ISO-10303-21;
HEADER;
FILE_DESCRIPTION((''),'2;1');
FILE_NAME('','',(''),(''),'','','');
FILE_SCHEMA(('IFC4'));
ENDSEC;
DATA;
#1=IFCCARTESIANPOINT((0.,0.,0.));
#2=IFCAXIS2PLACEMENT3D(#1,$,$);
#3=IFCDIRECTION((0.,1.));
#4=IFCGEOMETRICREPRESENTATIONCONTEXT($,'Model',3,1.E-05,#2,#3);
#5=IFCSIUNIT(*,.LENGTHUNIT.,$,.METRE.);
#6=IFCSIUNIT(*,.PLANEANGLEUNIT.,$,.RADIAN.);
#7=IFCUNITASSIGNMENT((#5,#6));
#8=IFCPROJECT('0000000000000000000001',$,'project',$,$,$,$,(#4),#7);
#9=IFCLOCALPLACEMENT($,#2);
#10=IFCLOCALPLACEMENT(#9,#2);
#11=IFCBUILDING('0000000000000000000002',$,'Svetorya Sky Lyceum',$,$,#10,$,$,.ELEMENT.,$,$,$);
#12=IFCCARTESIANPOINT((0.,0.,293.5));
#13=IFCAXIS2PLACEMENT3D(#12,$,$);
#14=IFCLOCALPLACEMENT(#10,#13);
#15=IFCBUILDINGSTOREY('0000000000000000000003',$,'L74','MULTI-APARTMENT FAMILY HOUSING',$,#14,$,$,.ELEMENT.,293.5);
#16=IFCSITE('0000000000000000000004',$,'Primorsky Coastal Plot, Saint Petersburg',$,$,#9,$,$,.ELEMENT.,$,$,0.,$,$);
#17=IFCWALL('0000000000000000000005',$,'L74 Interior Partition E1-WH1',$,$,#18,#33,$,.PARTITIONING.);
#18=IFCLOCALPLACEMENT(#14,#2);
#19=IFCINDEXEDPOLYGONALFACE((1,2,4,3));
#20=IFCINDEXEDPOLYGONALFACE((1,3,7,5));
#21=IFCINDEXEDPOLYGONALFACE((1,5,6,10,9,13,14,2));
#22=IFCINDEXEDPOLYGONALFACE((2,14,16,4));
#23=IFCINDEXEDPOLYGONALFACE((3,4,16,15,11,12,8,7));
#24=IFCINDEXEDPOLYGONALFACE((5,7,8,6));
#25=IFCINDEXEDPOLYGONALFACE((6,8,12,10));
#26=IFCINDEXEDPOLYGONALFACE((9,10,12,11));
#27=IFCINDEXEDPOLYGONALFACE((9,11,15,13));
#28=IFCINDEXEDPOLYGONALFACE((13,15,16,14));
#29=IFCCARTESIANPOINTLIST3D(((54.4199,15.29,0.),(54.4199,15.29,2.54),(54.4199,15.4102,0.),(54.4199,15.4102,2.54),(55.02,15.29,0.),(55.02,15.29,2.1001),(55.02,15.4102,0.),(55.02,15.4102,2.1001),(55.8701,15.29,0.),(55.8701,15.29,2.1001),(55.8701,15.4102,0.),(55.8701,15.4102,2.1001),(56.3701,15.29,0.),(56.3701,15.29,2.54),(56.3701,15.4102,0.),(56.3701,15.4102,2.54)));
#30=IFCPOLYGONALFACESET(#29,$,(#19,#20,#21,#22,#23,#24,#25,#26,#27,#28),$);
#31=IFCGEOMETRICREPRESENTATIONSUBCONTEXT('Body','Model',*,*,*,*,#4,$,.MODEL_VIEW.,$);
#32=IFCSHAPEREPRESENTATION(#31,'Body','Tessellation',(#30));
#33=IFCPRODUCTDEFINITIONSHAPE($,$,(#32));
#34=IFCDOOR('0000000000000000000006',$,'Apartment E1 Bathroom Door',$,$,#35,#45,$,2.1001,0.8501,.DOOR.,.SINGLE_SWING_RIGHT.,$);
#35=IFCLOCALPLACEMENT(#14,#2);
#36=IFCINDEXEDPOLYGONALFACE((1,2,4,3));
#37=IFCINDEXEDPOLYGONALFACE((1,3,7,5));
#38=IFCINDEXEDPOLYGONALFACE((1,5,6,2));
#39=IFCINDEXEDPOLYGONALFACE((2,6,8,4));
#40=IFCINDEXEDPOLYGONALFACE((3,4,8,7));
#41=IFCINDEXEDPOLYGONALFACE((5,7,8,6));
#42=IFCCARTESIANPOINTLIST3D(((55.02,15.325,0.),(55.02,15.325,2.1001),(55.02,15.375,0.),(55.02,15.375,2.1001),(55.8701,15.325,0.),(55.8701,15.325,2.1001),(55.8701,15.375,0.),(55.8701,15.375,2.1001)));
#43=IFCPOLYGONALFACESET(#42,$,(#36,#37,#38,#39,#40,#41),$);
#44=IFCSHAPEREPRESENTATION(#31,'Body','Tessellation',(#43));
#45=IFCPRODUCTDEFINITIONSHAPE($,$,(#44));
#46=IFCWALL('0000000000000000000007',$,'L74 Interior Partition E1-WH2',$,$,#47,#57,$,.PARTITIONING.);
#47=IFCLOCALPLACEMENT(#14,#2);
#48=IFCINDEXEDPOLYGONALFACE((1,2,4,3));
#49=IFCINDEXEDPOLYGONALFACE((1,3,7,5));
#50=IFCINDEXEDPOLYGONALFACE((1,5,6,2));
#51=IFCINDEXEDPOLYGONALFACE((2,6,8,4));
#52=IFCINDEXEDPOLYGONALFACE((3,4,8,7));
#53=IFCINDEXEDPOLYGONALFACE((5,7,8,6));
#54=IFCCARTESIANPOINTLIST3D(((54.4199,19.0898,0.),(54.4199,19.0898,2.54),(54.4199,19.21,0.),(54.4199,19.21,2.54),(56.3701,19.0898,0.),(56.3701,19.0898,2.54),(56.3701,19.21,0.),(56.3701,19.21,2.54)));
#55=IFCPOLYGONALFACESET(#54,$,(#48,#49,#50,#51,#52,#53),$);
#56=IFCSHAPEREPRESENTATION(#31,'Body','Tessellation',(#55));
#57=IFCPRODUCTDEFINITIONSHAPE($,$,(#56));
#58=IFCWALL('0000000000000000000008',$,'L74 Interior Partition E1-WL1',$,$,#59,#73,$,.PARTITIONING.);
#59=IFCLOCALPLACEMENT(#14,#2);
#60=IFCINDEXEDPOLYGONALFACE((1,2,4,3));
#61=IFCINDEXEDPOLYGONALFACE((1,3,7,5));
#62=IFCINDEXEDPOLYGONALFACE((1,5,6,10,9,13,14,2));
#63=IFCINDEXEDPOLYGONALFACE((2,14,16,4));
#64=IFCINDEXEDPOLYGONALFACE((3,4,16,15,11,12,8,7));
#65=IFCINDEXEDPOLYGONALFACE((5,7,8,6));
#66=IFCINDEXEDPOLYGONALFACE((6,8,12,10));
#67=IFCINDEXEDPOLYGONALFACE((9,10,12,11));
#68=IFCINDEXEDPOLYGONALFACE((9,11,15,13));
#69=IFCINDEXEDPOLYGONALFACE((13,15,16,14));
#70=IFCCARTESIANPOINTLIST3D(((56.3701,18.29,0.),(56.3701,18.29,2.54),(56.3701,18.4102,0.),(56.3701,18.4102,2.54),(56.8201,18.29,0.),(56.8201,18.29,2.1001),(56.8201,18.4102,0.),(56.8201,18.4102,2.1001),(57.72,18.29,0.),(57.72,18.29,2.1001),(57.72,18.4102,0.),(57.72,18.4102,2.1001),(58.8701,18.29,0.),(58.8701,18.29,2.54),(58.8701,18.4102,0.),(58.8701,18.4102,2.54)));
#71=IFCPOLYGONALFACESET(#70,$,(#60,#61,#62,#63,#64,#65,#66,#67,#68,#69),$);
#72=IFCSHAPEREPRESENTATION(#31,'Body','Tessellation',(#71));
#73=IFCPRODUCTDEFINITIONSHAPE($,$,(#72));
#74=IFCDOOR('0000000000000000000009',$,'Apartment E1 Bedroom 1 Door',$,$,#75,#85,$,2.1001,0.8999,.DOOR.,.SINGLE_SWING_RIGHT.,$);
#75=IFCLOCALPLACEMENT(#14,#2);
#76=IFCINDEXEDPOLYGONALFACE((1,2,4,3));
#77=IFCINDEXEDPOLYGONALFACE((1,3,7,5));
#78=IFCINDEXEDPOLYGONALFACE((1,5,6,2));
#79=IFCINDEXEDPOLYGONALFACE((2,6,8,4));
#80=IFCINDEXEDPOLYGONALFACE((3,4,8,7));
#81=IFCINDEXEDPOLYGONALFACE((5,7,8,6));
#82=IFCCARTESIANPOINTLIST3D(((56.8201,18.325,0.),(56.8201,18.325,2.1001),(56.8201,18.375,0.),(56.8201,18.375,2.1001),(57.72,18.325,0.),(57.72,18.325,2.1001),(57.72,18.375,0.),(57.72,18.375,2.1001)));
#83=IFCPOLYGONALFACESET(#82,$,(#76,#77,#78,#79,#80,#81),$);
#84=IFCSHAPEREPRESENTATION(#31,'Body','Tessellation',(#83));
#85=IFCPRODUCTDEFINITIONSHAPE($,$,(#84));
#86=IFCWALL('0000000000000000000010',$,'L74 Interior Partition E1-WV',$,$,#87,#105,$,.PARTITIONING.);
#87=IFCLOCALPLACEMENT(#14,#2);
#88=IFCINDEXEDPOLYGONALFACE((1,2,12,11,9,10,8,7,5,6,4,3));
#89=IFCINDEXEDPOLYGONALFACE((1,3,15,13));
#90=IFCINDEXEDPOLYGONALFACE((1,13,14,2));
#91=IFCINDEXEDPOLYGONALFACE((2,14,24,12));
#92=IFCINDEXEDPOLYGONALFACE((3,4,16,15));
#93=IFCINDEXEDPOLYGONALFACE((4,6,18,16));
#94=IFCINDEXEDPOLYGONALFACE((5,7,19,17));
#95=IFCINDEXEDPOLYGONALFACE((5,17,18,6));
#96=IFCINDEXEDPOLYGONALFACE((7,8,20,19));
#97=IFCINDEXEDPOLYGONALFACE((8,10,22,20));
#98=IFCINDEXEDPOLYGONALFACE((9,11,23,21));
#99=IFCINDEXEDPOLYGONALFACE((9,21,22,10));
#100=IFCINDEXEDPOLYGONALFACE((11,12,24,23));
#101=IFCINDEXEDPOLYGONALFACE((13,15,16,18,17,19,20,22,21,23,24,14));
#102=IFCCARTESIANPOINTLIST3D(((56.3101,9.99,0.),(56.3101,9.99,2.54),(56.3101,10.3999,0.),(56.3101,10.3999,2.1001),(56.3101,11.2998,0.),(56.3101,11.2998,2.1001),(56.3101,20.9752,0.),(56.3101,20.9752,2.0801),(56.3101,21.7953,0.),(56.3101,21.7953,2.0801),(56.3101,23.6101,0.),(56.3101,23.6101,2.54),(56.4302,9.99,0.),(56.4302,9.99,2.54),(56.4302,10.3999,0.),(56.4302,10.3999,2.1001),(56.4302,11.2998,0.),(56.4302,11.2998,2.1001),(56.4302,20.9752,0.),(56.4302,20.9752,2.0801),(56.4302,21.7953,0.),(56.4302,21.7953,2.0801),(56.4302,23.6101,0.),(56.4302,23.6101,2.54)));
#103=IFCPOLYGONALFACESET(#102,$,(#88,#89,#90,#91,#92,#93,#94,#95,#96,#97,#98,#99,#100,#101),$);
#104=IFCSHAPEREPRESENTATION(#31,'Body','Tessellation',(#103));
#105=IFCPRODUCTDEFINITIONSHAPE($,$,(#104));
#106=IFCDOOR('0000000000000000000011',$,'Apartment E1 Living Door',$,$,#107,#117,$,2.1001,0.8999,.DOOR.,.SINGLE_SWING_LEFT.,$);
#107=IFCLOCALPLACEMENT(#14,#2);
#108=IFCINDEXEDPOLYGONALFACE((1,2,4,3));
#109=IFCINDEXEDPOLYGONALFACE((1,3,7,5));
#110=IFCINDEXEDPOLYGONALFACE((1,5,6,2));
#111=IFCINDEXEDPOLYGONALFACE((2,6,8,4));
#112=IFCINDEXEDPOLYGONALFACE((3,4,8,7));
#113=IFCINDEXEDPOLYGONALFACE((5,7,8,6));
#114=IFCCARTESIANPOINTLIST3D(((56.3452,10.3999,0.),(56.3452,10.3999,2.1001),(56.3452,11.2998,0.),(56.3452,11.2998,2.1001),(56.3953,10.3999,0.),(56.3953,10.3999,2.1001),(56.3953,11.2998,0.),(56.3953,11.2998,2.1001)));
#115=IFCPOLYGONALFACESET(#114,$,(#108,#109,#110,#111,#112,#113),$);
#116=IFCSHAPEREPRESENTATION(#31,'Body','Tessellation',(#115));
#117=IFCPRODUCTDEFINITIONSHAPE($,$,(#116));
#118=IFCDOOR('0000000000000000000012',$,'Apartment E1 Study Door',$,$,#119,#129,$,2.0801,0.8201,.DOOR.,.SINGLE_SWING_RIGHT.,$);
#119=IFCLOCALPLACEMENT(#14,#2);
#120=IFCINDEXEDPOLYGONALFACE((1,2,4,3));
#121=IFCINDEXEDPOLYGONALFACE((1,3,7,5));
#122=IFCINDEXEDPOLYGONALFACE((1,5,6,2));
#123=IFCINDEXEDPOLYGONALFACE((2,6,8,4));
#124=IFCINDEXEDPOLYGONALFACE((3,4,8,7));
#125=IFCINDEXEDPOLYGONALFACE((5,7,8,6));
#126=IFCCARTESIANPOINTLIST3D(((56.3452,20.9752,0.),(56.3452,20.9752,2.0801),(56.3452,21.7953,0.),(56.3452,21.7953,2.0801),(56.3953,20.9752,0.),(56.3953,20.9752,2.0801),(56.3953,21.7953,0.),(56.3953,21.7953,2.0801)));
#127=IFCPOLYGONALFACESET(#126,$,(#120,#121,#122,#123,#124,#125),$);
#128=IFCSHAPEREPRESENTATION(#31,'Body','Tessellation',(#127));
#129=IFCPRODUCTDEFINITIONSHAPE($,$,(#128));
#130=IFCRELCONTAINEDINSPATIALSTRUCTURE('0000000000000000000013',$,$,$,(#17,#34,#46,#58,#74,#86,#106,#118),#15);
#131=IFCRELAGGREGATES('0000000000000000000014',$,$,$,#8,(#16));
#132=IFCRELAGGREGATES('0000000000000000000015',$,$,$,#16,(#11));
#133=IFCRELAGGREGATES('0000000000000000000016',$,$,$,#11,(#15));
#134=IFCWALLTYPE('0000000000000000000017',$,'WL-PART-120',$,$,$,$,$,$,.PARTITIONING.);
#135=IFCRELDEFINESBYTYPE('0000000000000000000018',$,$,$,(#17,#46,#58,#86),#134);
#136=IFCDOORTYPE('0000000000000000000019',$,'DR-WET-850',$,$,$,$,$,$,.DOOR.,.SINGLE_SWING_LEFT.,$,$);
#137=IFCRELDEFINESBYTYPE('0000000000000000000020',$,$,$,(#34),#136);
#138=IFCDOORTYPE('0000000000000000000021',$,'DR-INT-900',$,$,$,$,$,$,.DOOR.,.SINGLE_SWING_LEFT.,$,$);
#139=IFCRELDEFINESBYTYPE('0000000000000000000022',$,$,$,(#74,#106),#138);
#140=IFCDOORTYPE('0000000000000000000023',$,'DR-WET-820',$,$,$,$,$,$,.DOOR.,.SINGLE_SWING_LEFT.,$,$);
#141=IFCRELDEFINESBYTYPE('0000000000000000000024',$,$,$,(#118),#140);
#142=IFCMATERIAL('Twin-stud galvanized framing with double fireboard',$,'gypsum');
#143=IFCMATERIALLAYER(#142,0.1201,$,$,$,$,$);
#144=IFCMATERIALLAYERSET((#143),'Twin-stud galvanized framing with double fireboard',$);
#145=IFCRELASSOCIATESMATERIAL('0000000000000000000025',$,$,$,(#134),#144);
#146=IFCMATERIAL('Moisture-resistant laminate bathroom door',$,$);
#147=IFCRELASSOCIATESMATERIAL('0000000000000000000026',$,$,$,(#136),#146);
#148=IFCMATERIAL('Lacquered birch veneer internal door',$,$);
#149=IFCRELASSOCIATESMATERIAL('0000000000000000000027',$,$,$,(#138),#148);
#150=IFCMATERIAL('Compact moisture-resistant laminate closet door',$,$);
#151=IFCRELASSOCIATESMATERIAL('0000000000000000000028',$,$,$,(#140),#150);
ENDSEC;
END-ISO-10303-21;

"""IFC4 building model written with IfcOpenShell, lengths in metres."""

from ifc_helpers import new_model, si_unit, direction, frame, frame_2d, origin, place, context, subcontext, project, spatial, rectangle, extrude, material, layer, layer_set, type_object, element, fill, save


model = new_model("IFC4")

# Units and contexts
model_context = context("Model", 3, precision=1e-05, world=origin(), true_north=direction((0.0, 1.0)))
body_context = subcontext(model_context, "Body", "Model", "MODEL_VIEW")
ifc_project = project(units=[si_unit("LENGTHUNIT", "METRE"), si_unit("PLANEANGLEUNIT", "RADIAN")], contexts=[model_context])

# Site, building, storey
site_placement = place(None, origin())
site = spatial("IfcSite", under=ifc_project, at=site_placement, Name="Primorsky Coastal Plot, Saint Petersburg", CompositionType="ELEMENT", RefElevation=0.0)
building_placement = place(site_placement, origin())
building = spatial("IfcBuilding", under=site, at=building_placement, Name="Svetorya Sky Lyceum", CompositionType="ELEMENT")
storey_placement = place(building_placement, frame((0.0, 0.0, 293.5)))
storey = spatial("IfcBuildingStorey", under=building, at=storey_placement, Name="L74", Description="MULTI-APARTMENT FAMILY HOUSING", CompositionType="ELEMENT", Elevation=293.5)

# Wall, opening, door
ifc_material_1 = material(Name="Twin-stud galvanized framing with double fireboard", Category="gypsum")
ifc_layer_1 = layer(ifc_material_1, 0.1201)
ifc_layer_set_1 = layer_set([ifc_layer_1], Name="Twin-stud galvanized framing with double fireboard")
wall_type_1 = type_object("IfcWallType", Name="WL-PART-120", PredefinedType="PARTITIONING", material=ifc_layer_set_1)
wall_1_placement = place(storey_placement, frame((54.4199, 15.3501, 0.0), z_axis=(0.0, 0.0, 1.0), x_axis=(1.0, 0.0, 0.0)))
wall_1 = element("IfcWall", 1, at=wall_1_placement, inside=storey, type_object=wall_type_1, Name="L74 Interior Partition E1-WH1", PredefinedType="PARTITIONING", context=body_context, shape_type="SweptSolid", body=[
    extrude(rectangle(XDim=1.9502, YDim=0.1201, at=frame_2d((0.9751, 0.0))), origin(), (0.0, 0.0, 1.0), 2.54),
])
opening_1_placement = place(wall_1_placement, frame((0.6001, 0.0, 0.0)))
opening_1 = element("IfcOpeningElement", 2, at=opening_1_placement, cuts=wall_1, PredefinedType="OPENING", context=body_context, shape_type="SweptSolid", body=[
    extrude(rectangle(XDim=0.8501, YDim=2.1001, at=frame_2d((0.425, 1.05))), frame((0.0, 0.0701, 0.0), z_axis=(0.0, -1.0, 0.0), x_axis=(1.0, 0.0, 0.0)), (0.0, 0.0, 1.0), 0.1401),
])
ifc_material_2 = material(Name="Moisture-resistant laminate bathroom door")
door_type_1 = type_object("IfcDoorType", Name="DR-WET-850", OperationType="SINGLE_SWING_LEFT", PredefinedType="DOOR", material=ifc_material_2)
door_1_placement = place(opening_1_placement, origin())
door_1 = element("IfcDoor", 3, at=door_1_placement, inside=storey, type_object=door_type_1, Name="Apartment E1 Bathroom Door", OperationType="SINGLE_SWING_RIGHT", OverallHeight=2.1001, OverallWidth=0.8501, PredefinedType="DOOR", context=body_context, shape_type="SweptSolid", body=[
    extrude(rectangle(XDim=0.8501, YDim=2.1001, at=frame_2d((0.425, 1.05))), frame((0.0, 0.0249, 0.0), z_axis=(0.0, -1.0, 0.0), x_axis=(1.0, 0.0, 0.0)), (0.0, 0.0, 1.0), 0.05),
])
fill(opening_1, door_1)

# Wall
wall_2_placement = place(storey_placement, frame((54.4199, 19.1499, 0.0), z_axis=(0.0, 0.0, 1.0), x_axis=(1.0, 0.0, 0.0)))
element("IfcWall", 4, at=wall_2_placement, inside=storey, type_object=wall_type_1, Name="L74 Interior Partition E1-WH2", PredefinedType="PARTITIONING", context=body_context, shape_type="SweptSolid", body=[
    extrude(rectangle(XDim=1.9502, YDim=0.1201, at=frame_2d((0.9751, 0.0))), origin(), (0.0, 0.0, 1.0), 2.54),
])

# Wall, opening, door
wall_3_placement = place(storey_placement, frame((56.3701, 18.3501, 0.0), z_axis=(0.0, 0.0, 1.0), x_axis=(1.0, 0.0, 0.0)))
wall_3 = element("IfcWall", 5, at=wall_3_placement, inside=storey, type_object=wall_type_1, Name="L74 Interior Partition E1-WL1", PredefinedType="PARTITIONING", context=body_context, shape_type="SweptSolid", body=[
    extrude(rectangle(XDim=2.5, YDim=0.1201, at=frame_2d((1.25, 0.0))), origin(), (0.0, 0.0, 1.0), 2.54),
])
opening_2_placement = place(wall_3_placement, frame((0.45, 0.0, 0.0)))
opening_2 = element("IfcOpeningElement", 6, at=opening_2_placement, cuts=wall_3, PredefinedType="OPENING", context=body_context, shape_type="SweptSolid", body=[
    extrude(rectangle(XDim=0.8999, YDim=2.1001, at=frame_2d((0.45, 1.05))), frame((0.0, 0.0701, 0.0), z_axis=(0.0, -1.0, 0.0), x_axis=(1.0, 0.0, 0.0)), (0.0, 0.0, 1.0), 0.1401),
])
ifc_material_3 = material(Name="Lacquered birch veneer internal door")
door_type_2 = type_object("IfcDoorType", Name="DR-INT-900", OperationType="SINGLE_SWING_LEFT", PredefinedType="DOOR", material=ifc_material_3)
door_2_placement = place(opening_2_placement, origin())
door_2 = element("IfcDoor", 7, at=door_2_placement, inside=storey, type_object=door_type_2, Name="Apartment E1 Bedroom 1 Door", OperationType="SINGLE_SWING_RIGHT", OverallHeight=2.1001, OverallWidth=0.8999, PredefinedType="DOOR", context=body_context, shape_type="SweptSolid", body=[
    extrude(rectangle(XDim=0.8999, YDim=2.1001, at=frame_2d((0.45, 1.05))), frame((0.0, 0.0249, 0.0), z_axis=(0.0, -1.0, 0.0), x_axis=(1.0, 0.0, 0.0)), (0.0, 0.0, 1.0), 0.05),
])
fill(opening_2, door_2)

# Wall, openings, doors
wall_4_placement = place(storey_placement, frame((56.3701, 9.99, 0.0), z_axis=(0.0, 0.0, 1.0), x_axis=(0.0, 1.0, 0.0)))
wall_4 = element("IfcWall", 8, at=wall_4_placement, inside=storey, type_object=wall_type_1, Name="L74 Interior Partition E1-WV", PredefinedType="PARTITIONING", context=body_context, shape_type="SweptSolid", body=[
    extrude(rectangle(XDim=13.6201, YDim=0.1201, at=frame_2d((6.8101, 0.0))), origin(), (0.0, 0.0, 1.0), 2.54),
])
opening_3_placement = place(wall_4_placement, frame((0.4099, 0.0, 0.0)))
opening_3 = element("IfcOpeningElement", 9, at=opening_3_placement, cuts=wall_4, PredefinedType="OPENING", context=body_context, shape_type="SweptSolid", body=[
    extrude(rectangle(XDim=0.8999, YDim=2.1001, at=frame_2d((0.45, 1.05))), frame((0.0, 0.0701, 0.0), z_axis=(0.0, -1.0, 0.0), x_axis=(1.0, 0.0, 0.0)), (0.0, 0.0, 1.0), 0.1401),
])
opening_4_placement = place(wall_4_placement, frame((10.9851, 0.0, 0.0)))
opening_4 = element("IfcOpeningElement", 10, at=opening_4_placement, cuts=wall_4, PredefinedType="OPENING", context=body_context, shape_type="SweptSolid", body=[
    extrude(rectangle(XDim=0.8201, YDim=2.0801, at=frame_2d((0.4102, 1.04))), frame((0.0, 0.0701, 0.0), z_axis=(0.0, -1.0, 0.0), x_axis=(1.0, 0.0, 0.0)), (0.0, 0.0, 1.0), 0.1401),
])
door_3_placement = place(opening_3_placement, origin())
door_3 = element("IfcDoor", 11, at=door_3_placement, inside=storey, type_object=door_type_2, Name="Apartment E1 Living Door", OperationType="SINGLE_SWING_LEFT", OverallHeight=2.1001, OverallWidth=0.8999, PredefinedType="DOOR", context=body_context, shape_type="SweptSolid", body=[
    extrude(rectangle(XDim=0.8999, YDim=2.1001, at=frame_2d((0.45, 1.05))), frame((0.0, 0.0249, 0.0), z_axis=(0.0, -1.0, 0.0), x_axis=(1.0, 0.0, 0.0)), (0.0, 0.0, 1.0), 0.05),
])
fill(opening_3, door_3)
ifc_material_4 = material(Name="Compact moisture-resistant laminate closet door")
door_type_3 = type_object("IfcDoorType", Name="DR-WET-820", OperationType="SINGLE_SWING_LEFT", PredefinedType="DOOR", material=ifc_material_4)
door_4_placement = place(opening_4_placement, origin())
door_4 = element("IfcDoor", 12, at=door_4_placement, inside=storey, type_object=door_type_3, Name="Apartment E1 Study Door", OperationType="SINGLE_SWING_RIGHT", OverallHeight=2.0801, OverallWidth=0.8201, PredefinedType="DOOR", context=body_context, shape_type="SweptSolid", body=[
    extrude(rectangle(XDim=0.8201, YDim=2.0801, at=frame_2d((0.4102, 1.04))), frame((0.0, 0.0249, 0.0), z_axis=(0.0, -1.0, 0.0), x_axis=(1.0, 0.0, 0.0)), (0.0, 0.0, 1.0), 0.05),
])
fill(opening_4, door_4)

save(model, "model.ifc")
